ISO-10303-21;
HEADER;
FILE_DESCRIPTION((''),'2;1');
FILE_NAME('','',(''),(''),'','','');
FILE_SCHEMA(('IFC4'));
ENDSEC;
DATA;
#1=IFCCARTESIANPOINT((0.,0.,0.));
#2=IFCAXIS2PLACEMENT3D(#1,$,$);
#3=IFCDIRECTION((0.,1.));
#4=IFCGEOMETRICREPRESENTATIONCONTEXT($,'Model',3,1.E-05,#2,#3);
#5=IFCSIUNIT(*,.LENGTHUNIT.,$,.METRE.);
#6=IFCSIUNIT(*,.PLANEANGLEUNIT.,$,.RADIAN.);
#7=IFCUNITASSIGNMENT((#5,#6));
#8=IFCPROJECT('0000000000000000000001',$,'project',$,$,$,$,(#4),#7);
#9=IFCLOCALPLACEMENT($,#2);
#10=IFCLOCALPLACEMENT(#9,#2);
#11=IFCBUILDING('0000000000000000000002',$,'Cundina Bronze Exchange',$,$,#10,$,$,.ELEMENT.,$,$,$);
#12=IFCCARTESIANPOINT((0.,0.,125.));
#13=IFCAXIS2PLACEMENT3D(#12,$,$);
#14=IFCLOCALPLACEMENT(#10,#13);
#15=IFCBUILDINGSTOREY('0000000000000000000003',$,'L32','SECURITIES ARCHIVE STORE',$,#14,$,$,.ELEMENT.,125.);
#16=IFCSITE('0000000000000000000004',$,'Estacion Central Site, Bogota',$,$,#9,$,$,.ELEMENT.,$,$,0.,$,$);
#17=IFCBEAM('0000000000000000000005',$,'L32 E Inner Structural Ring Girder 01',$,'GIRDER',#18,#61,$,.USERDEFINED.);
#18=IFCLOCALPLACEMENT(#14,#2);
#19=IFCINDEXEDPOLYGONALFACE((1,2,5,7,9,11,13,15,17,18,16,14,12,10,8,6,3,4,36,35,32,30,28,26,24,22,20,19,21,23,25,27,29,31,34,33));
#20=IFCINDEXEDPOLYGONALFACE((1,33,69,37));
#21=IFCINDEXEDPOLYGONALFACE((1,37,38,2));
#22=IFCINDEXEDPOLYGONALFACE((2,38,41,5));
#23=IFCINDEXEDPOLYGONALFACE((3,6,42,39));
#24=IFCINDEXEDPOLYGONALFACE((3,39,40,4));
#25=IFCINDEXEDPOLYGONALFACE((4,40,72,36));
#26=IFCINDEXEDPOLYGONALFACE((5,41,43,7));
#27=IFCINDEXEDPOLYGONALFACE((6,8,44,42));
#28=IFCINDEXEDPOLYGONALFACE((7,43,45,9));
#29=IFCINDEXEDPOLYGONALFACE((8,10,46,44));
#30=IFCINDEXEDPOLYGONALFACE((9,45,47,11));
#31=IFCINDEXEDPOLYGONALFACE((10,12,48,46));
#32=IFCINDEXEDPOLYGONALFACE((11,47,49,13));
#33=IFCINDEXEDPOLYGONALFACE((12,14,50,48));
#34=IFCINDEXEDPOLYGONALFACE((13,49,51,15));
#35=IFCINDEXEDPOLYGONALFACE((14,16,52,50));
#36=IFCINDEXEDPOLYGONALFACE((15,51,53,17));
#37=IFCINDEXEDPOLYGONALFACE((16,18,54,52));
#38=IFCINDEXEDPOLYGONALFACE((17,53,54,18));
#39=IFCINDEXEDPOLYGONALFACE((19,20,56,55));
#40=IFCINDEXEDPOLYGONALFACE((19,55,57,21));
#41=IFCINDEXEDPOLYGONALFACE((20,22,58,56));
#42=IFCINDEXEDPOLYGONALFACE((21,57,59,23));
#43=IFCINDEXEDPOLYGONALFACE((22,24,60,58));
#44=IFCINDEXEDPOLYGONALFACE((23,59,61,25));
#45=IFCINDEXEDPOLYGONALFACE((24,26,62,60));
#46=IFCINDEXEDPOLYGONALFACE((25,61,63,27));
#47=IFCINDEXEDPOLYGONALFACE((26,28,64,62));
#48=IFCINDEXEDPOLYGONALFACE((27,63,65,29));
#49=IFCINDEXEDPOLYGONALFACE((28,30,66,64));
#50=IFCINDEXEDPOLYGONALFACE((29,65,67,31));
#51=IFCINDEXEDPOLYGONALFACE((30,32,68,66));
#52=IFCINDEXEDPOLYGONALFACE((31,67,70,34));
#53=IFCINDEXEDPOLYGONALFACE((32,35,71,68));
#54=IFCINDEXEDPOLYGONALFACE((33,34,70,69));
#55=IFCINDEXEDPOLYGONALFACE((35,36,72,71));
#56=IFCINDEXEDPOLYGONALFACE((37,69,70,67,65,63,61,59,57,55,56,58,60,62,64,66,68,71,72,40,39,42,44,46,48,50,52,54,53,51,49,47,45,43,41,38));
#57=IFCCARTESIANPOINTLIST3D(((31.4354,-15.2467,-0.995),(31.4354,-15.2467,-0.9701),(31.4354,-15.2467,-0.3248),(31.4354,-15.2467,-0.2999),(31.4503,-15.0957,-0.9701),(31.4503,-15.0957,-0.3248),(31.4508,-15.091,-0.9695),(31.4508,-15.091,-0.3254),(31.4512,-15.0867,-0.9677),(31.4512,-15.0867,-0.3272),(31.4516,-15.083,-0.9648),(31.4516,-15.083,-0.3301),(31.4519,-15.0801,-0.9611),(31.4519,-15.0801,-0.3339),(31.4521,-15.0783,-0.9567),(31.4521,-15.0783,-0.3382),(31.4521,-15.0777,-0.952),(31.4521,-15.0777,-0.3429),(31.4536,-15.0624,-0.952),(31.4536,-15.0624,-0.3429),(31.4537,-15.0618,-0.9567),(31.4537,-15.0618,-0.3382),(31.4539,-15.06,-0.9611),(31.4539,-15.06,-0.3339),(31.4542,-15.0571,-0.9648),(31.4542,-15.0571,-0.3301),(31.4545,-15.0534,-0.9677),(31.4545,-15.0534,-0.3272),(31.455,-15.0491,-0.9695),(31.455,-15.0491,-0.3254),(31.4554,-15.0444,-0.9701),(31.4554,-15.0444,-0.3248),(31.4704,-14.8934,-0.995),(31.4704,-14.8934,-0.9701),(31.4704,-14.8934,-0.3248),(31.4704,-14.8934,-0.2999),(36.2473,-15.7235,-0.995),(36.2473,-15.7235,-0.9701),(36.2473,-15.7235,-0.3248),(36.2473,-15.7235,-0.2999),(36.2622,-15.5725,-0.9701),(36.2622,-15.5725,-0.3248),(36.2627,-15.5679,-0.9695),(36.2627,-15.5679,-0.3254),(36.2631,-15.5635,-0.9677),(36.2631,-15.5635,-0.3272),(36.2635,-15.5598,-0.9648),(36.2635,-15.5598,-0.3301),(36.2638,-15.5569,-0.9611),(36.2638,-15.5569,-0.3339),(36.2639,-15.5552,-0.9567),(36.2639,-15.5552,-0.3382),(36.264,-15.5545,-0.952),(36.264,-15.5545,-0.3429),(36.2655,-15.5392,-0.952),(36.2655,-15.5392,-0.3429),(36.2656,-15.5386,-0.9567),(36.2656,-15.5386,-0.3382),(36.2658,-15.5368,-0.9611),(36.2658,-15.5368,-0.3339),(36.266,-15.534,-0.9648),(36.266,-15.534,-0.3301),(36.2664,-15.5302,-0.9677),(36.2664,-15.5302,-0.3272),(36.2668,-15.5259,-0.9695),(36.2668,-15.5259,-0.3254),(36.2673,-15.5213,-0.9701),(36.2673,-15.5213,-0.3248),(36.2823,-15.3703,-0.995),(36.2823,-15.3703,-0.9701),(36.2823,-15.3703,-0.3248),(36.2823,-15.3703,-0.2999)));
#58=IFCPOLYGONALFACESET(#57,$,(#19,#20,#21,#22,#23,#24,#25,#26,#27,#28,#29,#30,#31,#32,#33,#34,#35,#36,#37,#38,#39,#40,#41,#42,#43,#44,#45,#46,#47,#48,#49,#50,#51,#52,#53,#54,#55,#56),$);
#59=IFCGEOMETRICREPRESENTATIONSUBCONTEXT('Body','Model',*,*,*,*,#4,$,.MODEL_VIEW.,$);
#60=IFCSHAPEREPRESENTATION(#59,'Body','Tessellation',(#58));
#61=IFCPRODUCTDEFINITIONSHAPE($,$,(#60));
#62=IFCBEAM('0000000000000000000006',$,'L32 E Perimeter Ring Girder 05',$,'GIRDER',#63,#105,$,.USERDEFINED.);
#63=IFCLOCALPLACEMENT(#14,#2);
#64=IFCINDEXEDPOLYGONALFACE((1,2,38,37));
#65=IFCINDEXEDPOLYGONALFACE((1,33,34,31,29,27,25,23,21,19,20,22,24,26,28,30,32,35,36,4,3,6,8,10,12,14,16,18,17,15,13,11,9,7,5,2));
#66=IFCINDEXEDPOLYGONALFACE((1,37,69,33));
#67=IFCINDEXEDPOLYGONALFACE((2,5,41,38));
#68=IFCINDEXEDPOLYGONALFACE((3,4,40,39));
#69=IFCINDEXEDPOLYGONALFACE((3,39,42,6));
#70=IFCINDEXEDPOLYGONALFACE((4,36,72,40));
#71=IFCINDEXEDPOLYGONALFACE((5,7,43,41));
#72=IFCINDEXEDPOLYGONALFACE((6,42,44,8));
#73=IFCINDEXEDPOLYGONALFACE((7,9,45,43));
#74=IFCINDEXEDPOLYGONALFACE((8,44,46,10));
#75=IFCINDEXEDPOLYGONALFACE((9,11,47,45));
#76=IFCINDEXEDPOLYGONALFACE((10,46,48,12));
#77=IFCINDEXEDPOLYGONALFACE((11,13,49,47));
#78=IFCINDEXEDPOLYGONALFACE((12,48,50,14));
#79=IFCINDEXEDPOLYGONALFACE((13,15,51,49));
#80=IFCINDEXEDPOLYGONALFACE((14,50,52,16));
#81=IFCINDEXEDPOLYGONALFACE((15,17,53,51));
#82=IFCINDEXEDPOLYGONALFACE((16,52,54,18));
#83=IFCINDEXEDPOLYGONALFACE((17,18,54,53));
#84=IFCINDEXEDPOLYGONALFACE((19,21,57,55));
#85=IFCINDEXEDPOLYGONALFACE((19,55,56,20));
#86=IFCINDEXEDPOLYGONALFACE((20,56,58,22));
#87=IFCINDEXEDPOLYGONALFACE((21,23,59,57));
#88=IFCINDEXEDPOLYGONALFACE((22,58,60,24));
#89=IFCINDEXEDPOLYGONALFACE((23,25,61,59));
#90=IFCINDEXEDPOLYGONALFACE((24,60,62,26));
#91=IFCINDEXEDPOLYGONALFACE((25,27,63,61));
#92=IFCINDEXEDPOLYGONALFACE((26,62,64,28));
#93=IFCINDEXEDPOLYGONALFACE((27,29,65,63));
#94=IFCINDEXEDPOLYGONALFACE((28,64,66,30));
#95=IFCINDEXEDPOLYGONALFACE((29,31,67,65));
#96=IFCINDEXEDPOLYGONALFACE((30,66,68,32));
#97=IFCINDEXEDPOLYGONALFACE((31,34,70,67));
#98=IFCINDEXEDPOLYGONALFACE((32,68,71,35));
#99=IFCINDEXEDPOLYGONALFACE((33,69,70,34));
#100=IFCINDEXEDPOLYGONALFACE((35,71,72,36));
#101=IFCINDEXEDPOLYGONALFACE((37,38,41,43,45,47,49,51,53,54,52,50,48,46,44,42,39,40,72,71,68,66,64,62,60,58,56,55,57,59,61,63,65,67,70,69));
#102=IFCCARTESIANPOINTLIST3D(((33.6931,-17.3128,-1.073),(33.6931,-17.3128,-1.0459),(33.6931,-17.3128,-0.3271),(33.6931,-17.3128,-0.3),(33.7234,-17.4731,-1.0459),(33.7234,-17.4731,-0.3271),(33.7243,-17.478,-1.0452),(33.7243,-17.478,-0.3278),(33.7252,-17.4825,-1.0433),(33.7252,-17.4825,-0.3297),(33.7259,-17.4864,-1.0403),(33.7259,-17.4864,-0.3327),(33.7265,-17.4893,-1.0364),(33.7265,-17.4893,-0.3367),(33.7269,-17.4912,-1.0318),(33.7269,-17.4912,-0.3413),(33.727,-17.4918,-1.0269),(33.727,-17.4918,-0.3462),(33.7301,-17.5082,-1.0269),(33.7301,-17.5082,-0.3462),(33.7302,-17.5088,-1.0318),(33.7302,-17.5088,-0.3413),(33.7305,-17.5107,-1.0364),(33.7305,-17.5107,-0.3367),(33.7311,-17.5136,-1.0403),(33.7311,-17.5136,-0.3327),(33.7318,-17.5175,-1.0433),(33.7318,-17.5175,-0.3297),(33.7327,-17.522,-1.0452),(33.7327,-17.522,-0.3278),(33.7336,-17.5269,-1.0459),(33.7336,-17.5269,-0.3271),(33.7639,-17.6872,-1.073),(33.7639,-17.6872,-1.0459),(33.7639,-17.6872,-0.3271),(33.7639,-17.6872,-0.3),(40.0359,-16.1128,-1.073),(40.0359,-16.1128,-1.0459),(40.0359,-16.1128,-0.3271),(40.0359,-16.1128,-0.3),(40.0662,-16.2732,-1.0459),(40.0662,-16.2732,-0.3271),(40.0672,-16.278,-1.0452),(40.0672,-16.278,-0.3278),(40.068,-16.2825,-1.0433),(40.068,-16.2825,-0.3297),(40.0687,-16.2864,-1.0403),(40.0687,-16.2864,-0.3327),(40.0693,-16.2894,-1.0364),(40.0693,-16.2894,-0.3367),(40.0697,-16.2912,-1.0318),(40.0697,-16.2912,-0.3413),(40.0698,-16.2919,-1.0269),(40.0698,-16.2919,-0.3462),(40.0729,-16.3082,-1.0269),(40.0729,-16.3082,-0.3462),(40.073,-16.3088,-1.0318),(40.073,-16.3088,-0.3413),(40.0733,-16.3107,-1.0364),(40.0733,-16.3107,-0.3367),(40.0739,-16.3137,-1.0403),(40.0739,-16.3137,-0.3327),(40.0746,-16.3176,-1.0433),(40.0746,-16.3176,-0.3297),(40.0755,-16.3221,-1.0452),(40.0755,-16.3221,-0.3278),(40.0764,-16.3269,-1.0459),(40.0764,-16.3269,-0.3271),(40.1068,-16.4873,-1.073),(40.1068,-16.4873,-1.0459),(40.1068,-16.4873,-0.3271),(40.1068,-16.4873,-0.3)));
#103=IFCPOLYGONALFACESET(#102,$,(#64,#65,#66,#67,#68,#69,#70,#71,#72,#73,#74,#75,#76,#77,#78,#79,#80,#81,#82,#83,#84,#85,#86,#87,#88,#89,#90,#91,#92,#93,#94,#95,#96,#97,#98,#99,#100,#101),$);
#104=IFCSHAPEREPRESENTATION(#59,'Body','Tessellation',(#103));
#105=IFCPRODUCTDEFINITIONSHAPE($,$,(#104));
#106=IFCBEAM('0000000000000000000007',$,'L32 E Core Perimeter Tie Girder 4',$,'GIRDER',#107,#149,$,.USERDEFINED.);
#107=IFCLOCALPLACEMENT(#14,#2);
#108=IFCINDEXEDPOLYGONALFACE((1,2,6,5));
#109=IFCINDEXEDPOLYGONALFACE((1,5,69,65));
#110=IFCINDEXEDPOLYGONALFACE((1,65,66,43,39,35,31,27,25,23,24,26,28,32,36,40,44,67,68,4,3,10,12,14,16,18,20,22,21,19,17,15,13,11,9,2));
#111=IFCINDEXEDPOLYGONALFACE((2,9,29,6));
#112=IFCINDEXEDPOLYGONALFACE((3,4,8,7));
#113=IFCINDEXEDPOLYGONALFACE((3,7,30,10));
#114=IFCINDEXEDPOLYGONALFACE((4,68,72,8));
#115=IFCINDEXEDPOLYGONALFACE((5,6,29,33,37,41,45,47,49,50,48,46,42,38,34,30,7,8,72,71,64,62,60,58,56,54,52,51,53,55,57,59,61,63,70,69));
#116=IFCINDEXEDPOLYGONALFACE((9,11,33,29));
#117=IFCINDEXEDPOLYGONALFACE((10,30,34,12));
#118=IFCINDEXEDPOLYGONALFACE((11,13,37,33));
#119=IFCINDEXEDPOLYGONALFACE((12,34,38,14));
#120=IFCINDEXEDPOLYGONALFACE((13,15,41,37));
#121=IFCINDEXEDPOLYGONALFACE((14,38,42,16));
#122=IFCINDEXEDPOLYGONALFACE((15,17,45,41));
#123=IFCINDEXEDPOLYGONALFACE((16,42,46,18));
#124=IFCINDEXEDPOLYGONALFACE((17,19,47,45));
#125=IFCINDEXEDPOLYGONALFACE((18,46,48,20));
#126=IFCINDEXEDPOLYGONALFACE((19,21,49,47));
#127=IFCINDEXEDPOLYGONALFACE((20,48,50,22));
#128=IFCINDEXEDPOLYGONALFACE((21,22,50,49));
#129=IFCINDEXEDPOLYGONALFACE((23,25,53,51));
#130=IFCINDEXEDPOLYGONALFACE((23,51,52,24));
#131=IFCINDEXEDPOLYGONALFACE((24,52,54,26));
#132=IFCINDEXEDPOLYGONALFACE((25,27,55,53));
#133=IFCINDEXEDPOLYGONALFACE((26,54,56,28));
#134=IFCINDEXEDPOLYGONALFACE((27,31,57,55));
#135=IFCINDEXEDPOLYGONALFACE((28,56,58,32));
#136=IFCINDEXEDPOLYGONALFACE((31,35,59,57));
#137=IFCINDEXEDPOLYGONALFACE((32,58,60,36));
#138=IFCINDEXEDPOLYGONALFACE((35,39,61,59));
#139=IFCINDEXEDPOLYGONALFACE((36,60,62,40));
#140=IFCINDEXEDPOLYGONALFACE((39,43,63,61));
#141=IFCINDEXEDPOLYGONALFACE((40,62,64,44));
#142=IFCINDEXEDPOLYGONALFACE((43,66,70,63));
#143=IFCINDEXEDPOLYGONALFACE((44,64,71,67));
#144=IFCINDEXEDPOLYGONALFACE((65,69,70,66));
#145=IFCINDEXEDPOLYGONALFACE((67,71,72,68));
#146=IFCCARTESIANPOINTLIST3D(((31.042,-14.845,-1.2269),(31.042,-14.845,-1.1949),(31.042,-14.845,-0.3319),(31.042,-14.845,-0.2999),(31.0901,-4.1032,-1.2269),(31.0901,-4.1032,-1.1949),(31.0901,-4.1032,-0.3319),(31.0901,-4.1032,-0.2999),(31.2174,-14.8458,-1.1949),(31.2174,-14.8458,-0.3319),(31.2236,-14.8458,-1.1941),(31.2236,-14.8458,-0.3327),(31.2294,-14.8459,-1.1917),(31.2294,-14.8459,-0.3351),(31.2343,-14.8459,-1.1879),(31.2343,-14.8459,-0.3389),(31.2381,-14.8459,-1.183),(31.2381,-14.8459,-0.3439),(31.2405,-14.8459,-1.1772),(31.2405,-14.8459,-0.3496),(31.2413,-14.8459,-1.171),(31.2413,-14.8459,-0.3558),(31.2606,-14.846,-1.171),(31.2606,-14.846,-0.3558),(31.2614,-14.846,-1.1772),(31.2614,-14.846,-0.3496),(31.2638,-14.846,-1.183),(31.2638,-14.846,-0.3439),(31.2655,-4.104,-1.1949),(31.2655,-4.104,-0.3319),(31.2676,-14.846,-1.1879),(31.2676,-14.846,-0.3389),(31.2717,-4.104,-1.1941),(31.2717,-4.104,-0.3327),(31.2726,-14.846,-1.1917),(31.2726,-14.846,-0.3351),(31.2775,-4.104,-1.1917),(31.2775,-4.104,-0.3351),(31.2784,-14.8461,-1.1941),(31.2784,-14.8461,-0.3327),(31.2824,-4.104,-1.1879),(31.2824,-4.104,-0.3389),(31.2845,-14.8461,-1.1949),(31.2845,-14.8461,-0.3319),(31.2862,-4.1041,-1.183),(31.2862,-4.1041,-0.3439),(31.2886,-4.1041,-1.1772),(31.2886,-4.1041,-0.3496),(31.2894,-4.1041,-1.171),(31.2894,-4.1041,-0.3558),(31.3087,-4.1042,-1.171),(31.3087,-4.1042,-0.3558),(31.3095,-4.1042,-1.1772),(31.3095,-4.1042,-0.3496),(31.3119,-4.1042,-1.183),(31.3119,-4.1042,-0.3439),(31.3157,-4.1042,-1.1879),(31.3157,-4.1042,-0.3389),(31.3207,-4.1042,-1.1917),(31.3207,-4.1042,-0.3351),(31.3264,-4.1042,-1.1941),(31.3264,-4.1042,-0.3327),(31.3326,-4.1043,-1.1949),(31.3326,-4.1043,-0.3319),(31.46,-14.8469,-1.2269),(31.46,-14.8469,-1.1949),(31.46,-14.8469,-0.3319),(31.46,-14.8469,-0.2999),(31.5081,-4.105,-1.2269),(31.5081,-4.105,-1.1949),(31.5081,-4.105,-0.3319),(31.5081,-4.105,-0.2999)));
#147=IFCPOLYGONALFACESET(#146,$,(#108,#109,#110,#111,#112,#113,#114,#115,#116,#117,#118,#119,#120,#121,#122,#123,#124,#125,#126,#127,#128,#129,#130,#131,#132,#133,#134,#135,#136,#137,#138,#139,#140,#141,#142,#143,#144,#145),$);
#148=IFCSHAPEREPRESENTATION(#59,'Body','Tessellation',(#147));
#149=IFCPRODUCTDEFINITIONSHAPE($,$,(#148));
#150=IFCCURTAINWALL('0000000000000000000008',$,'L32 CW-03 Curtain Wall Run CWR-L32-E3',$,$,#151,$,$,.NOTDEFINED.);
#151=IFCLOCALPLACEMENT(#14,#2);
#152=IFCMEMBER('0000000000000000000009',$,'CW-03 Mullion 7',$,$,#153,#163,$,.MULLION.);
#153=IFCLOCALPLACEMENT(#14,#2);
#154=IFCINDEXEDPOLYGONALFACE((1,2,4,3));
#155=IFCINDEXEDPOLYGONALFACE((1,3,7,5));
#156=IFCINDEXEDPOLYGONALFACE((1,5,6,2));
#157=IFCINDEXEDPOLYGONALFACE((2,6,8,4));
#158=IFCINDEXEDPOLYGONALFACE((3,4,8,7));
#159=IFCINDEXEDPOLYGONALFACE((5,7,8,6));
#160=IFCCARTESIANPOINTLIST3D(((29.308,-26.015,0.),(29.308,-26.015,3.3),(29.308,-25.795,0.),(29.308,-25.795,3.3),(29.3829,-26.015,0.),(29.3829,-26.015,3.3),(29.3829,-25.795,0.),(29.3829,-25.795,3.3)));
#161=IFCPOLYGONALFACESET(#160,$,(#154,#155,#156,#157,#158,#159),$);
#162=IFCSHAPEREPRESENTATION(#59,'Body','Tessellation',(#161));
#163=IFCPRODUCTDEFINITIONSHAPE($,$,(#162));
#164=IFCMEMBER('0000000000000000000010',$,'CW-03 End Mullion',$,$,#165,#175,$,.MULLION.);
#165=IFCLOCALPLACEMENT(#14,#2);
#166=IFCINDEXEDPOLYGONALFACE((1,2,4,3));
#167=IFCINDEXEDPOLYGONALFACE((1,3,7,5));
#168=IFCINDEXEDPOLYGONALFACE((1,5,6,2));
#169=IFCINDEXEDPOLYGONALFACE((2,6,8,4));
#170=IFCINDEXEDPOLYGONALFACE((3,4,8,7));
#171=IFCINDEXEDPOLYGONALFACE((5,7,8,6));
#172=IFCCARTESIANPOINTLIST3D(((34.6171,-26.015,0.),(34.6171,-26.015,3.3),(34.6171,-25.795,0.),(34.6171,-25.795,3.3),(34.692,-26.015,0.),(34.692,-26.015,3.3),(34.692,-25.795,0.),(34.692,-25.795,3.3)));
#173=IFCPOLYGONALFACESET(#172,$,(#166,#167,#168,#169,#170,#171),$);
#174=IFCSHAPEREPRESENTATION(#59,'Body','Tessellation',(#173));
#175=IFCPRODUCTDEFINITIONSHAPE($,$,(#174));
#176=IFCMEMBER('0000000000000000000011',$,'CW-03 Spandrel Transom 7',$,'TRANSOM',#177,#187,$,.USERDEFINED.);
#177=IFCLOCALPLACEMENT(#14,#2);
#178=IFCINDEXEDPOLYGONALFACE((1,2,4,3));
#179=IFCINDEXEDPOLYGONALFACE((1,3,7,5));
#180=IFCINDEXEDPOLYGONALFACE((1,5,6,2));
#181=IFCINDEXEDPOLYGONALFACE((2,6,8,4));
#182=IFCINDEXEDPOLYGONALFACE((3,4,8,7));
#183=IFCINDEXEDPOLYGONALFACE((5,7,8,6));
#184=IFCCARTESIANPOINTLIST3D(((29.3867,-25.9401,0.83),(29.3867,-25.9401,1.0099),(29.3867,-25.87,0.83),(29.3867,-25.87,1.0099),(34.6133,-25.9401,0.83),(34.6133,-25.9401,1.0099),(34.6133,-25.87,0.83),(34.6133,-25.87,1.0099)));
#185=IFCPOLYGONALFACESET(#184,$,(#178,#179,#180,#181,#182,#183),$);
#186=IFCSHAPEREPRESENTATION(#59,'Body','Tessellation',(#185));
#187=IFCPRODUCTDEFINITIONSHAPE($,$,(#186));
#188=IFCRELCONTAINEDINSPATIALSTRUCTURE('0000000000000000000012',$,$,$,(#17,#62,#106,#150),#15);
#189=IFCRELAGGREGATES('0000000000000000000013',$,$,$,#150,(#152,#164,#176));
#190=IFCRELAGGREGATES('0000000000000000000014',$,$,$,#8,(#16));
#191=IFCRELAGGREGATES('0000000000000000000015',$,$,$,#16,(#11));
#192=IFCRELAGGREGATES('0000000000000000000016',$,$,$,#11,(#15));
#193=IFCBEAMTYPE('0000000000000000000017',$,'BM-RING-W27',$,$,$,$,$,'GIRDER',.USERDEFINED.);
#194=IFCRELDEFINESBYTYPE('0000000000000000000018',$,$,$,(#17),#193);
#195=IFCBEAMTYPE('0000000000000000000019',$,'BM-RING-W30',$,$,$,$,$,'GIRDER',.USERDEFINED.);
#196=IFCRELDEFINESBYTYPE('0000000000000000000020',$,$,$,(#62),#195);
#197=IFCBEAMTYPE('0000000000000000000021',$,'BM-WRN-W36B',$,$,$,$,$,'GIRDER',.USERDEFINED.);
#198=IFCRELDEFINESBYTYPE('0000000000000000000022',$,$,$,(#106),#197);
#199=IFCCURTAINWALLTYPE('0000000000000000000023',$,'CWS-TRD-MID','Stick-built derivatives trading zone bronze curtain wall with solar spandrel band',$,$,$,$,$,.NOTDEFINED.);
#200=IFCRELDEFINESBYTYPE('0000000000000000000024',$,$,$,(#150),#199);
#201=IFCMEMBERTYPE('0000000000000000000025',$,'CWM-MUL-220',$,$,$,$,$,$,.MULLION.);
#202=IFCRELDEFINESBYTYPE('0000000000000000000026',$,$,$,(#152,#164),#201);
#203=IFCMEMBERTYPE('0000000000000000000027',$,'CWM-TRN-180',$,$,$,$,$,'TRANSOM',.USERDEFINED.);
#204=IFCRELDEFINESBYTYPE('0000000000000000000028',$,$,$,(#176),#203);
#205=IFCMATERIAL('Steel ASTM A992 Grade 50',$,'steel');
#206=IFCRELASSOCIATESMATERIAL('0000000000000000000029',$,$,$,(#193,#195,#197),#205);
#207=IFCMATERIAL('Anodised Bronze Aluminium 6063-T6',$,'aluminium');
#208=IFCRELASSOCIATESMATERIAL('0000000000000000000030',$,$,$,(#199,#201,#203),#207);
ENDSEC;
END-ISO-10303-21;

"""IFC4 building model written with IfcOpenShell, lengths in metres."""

from ifc_helpers import new_model, si_unit, direction, frame, origin, origin_2d, place, context, subcontext, project, spatial, rectangle, i_section, extrude, material, material_profile, profile_set, type_object, element, aggregate, save


model = new_model("IFC4")

# Units and contexts
model_context = context("Model", 3, precision=1e-05, world=origin(), true_north=direction((0.0, 1.0)))
body_context = subcontext(model_context, "Body", "Model", "MODEL_VIEW")
ifc_project = project(units=[si_unit("LENGTHUNIT", "METRE"), si_unit("PLANEANGLEUNIT", "RADIAN")], contexts=[model_context])

# Site, building, storey
site_placement = place(None, origin())
site = spatial("IfcSite", under=ifc_project, at=site_placement, Name="Estacion Central Site, Bogota", CompositionType="ELEMENT", RefElevation=0.0)
building_placement = place(site_placement, origin())
building = spatial("IfcBuilding", under=site, at=building_placement, Name="Cundina Bronze Exchange", CompositionType="ELEMENT")
storey_placement = place(building_placement, frame((0.0, 0.0, 125.0)))
storey = spatial("IfcBuildingStorey", under=building, at=storey_placement, Name="L32", Description="SECURITIES ARCHIVE STORE", CompositionType="ELEMENT", Elevation=125.0)

# Shared definitions
ifc_material_1 = material(Name="Steel ASTM A992 Grade 50", Category="steel")

# Beams
ifc_material_profile_1 = material_profile(ifc_material_1, i_section(OverallWidth=0.355, OverallDepth=0.6951, WebThickness=0.0154, FlangeThickness=0.0249, FilletRadius=0.0181, at=origin_2d()), Name="W27X146", Category="steel")
ifc_profile_set_1 = profile_set([ifc_material_profile_1], Name="Steel ASTM A992 Grade 50")
beam_type_1 = type_object("IfcBeamType", Name="BM-RING-W27", ElementType="GIRDER", PredefinedType="USERDEFINED", material=ifc_profile_set_1)
beam_1_placement = place(storey_placement, frame((31.4529, -15.0701, -0.6475), z_axis=(0.995126, -0.098609, 0.0), x_axis=(0.098609, 0.995126, 0.0)))
element("IfcBeam", 1, at=beam_1_placement, inside=storey, type_object=beam_type_1, Name="L32 E Inner Structural Ring Girder 01", ObjectType="GIRDER", PredefinedType="USERDEFINED", context=body_context, shape_type="SweptSolid", body=[
    extrude(i_section(OverallWidth=0.355, OverallDepth=0.6951, WebThickness=0.0154, FlangeThickness=0.0249, FilletRadius=0.0181, at=origin_2d()), origin(), (0.0, 0.0, 1.0), 4.8354),
])
ifc_material_profile_2 = material_profile(ifc_material_1, i_section(OverallWidth=0.3811, OverallDepth=0.7729, WebThickness=0.0166, FlangeThickness=0.0271, FilletRadius=0.019, at=origin_2d()), Name="W30X173", Category="steel")
ifc_profile_set_2 = profile_set([ifc_material_profile_2], Name="Steel ASTM A992 Grade 50")
beam_type_2 = type_object("IfcBeamType", Name="BM-RING-W30", ElementType="GIRDER", PredefinedType="USERDEFINED", material=ifc_profile_set_2)
beam_2_placement = place(storey_placement, frame((33.7285, -17.5, -0.6865), z_axis=(0.982571, 0.185887, 0.0), x_axis=(-0.185887, 0.982571, 0.0)))
element("IfcBeam", 2, at=beam_2_placement, inside=storey, type_object=beam_type_2, Name="L32 E Perimeter Ring Girder 05", ObjectType="GIRDER", PredefinedType="USERDEFINED", context=body_context, shape_type="SweptSolid", body=[
    extrude(i_section(OverallWidth=0.3811, OverallDepth=0.7729, WebThickness=0.0166, FlangeThickness=0.0271, FilletRadius=0.019, at=origin_2d()), origin(), (0.0, 0.0, 1.0), 6.4553),
])
ifc_material_profile_3 = material_profile(ifc_material_1, i_section(OverallWidth=0.418, OverallDepth=0.927, WebThickness=0.0193, FlangeThickness=0.032, FilletRadius=0.0239, at=origin_2d()), Name="W36X231", Category="steel")
ifc_profile_set_3 = profile_set([ifc_material_profile_3], Name="Steel ASTM A992 Grade 50")
beam_type_3 = type_object("IfcBeamType", Name="BM-WRN-W36B", ElementType="GIRDER", PredefinedType="USERDEFINED", material=ifc_profile_set_3)
beam_3_placement = place(storey_placement, frame((31.251, -14.8459, -0.7634), z_axis=(0.004477, 0.99999, 0.0), x_axis=(-0.99999, 0.004477, 0.0)))
element("IfcBeam", 3, at=beam_3_placement, inside=storey, type_object=beam_type_3, Name="L32 E Core Perimeter Tie Girder 4", ObjectType="GIRDER", PredefinedType="USERDEFINED", context=body_context, shape_type="SweptSolid", body=[
    extrude(i_section(OverallWidth=0.418, OverallDepth=0.927, WebThickness=0.0193, FlangeThickness=0.032, FilletRadius=0.0239, at=origin_2d()), origin(), (0.0, 0.0, 1.0), 10.7419),
])

# Curtain wall, members
ifc_material_2 = material(Name="Anodised Bronze Aluminium 6063-T6", Category="aluminium")
curtain_wall_type = type_object("IfcCurtainWallType", Name="CWS-TRD-MID", Description="Stick-built derivatives trading zone bronze curtain wall with solar spandrel band", PredefinedType="NOTDEFINED", material=ifc_material_2)
curtain_wall_placement = place(storey_placement, origin())
curtain_wall = element("IfcCurtainWall", 4, at=curtain_wall_placement, inside=storey, type_object=curtain_wall_type, Name="L32 CW-03 Curtain Wall Run CWR-L32-E3", PredefinedType="NOTDEFINED")
ifc_material_profile_4 = material_profile(ifc_material_2, rectangle(XDim=0.075, YDim=0.22, at=origin_2d()), Name="AL75X220", Category="aluminium")
ifc_profile_set_4 = profile_set([ifc_material_profile_4], Name="Anodised Bronze Aluminium 6063-T6")
member_type_1 = type_object("IfcMemberType", Name="CWM-MUL-220", PredefinedType="MULLION", material=ifc_profile_set_4)
member_1_placement = place(storey_placement, frame((29.3455, -25.905, 0.0), z_axis=(0.0, 0.0, 1.0), x_axis=(1.0, 0.0, 0.0)))
member_1 = element("IfcMember", 5, at=member_1_placement, type_object=member_type_1, Name="CW-03 Mullion 7", PredefinedType="MULLION", context=body_context, shape_type="SweptSolid", body=[
    extrude(rectangle(XDim=0.075, YDim=0.22, at=origin_2d()), origin(), (0.0, 0.0, 1.0), 3.3),
])
member_2_placement = place(storey_placement, frame((34.6545, -25.905, 0.0), z_axis=(0.0, 0.0, 1.0), x_axis=(1.0, 0.0, 0.0)))
member_2 = element("IfcMember", 6, at=member_2_placement, type_object=member_type_1, Name="CW-03 End Mullion", PredefinedType="MULLION", context=body_context, shape_type="SweptSolid", body=[
    extrude(rectangle(XDim=0.075, YDim=0.22, at=origin_2d()), origin(), (0.0, 0.0, 1.0), 3.3),
])
ifc_material_profile_5 = material_profile(ifc_material_2, rectangle(XDim=0.0701, YDim=0.1799, at=origin_2d()), Name="AL70X180", Category="aluminium")
ifc_profile_set_5 = profile_set([ifc_material_profile_5], Name="Anodised Bronze Aluminium 6063-T6")
member_type_2 = type_object("IfcMemberType", Name="CWM-TRN-180", ElementType="TRANSOM", PredefinedType="USERDEFINED", material=ifc_profile_set_5)
member_3_placement = place(storey_placement, frame((29.3867, -25.905, 0.9199), z_axis=(1.0, 0.0, 0.0), x_axis=(0.0, 1.0, 0.0)))
member_3 = element("IfcMember", 7, at=member_3_placement, type_object=member_type_2, Name="CW-03 Spandrel Transom 7", ObjectType="TRANSOM", PredefinedType="USERDEFINED", context=body_context, shape_type="SweptSolid", body=[
    extrude(rectangle(XDim=0.0701, YDim=0.1799, at=origin_2d()), origin(), (0.0, 0.0, 1.0), 5.2266),
])
aggregate(curtain_wall, [member_1, member_2, member_3])

save(model, "model.ifc")
